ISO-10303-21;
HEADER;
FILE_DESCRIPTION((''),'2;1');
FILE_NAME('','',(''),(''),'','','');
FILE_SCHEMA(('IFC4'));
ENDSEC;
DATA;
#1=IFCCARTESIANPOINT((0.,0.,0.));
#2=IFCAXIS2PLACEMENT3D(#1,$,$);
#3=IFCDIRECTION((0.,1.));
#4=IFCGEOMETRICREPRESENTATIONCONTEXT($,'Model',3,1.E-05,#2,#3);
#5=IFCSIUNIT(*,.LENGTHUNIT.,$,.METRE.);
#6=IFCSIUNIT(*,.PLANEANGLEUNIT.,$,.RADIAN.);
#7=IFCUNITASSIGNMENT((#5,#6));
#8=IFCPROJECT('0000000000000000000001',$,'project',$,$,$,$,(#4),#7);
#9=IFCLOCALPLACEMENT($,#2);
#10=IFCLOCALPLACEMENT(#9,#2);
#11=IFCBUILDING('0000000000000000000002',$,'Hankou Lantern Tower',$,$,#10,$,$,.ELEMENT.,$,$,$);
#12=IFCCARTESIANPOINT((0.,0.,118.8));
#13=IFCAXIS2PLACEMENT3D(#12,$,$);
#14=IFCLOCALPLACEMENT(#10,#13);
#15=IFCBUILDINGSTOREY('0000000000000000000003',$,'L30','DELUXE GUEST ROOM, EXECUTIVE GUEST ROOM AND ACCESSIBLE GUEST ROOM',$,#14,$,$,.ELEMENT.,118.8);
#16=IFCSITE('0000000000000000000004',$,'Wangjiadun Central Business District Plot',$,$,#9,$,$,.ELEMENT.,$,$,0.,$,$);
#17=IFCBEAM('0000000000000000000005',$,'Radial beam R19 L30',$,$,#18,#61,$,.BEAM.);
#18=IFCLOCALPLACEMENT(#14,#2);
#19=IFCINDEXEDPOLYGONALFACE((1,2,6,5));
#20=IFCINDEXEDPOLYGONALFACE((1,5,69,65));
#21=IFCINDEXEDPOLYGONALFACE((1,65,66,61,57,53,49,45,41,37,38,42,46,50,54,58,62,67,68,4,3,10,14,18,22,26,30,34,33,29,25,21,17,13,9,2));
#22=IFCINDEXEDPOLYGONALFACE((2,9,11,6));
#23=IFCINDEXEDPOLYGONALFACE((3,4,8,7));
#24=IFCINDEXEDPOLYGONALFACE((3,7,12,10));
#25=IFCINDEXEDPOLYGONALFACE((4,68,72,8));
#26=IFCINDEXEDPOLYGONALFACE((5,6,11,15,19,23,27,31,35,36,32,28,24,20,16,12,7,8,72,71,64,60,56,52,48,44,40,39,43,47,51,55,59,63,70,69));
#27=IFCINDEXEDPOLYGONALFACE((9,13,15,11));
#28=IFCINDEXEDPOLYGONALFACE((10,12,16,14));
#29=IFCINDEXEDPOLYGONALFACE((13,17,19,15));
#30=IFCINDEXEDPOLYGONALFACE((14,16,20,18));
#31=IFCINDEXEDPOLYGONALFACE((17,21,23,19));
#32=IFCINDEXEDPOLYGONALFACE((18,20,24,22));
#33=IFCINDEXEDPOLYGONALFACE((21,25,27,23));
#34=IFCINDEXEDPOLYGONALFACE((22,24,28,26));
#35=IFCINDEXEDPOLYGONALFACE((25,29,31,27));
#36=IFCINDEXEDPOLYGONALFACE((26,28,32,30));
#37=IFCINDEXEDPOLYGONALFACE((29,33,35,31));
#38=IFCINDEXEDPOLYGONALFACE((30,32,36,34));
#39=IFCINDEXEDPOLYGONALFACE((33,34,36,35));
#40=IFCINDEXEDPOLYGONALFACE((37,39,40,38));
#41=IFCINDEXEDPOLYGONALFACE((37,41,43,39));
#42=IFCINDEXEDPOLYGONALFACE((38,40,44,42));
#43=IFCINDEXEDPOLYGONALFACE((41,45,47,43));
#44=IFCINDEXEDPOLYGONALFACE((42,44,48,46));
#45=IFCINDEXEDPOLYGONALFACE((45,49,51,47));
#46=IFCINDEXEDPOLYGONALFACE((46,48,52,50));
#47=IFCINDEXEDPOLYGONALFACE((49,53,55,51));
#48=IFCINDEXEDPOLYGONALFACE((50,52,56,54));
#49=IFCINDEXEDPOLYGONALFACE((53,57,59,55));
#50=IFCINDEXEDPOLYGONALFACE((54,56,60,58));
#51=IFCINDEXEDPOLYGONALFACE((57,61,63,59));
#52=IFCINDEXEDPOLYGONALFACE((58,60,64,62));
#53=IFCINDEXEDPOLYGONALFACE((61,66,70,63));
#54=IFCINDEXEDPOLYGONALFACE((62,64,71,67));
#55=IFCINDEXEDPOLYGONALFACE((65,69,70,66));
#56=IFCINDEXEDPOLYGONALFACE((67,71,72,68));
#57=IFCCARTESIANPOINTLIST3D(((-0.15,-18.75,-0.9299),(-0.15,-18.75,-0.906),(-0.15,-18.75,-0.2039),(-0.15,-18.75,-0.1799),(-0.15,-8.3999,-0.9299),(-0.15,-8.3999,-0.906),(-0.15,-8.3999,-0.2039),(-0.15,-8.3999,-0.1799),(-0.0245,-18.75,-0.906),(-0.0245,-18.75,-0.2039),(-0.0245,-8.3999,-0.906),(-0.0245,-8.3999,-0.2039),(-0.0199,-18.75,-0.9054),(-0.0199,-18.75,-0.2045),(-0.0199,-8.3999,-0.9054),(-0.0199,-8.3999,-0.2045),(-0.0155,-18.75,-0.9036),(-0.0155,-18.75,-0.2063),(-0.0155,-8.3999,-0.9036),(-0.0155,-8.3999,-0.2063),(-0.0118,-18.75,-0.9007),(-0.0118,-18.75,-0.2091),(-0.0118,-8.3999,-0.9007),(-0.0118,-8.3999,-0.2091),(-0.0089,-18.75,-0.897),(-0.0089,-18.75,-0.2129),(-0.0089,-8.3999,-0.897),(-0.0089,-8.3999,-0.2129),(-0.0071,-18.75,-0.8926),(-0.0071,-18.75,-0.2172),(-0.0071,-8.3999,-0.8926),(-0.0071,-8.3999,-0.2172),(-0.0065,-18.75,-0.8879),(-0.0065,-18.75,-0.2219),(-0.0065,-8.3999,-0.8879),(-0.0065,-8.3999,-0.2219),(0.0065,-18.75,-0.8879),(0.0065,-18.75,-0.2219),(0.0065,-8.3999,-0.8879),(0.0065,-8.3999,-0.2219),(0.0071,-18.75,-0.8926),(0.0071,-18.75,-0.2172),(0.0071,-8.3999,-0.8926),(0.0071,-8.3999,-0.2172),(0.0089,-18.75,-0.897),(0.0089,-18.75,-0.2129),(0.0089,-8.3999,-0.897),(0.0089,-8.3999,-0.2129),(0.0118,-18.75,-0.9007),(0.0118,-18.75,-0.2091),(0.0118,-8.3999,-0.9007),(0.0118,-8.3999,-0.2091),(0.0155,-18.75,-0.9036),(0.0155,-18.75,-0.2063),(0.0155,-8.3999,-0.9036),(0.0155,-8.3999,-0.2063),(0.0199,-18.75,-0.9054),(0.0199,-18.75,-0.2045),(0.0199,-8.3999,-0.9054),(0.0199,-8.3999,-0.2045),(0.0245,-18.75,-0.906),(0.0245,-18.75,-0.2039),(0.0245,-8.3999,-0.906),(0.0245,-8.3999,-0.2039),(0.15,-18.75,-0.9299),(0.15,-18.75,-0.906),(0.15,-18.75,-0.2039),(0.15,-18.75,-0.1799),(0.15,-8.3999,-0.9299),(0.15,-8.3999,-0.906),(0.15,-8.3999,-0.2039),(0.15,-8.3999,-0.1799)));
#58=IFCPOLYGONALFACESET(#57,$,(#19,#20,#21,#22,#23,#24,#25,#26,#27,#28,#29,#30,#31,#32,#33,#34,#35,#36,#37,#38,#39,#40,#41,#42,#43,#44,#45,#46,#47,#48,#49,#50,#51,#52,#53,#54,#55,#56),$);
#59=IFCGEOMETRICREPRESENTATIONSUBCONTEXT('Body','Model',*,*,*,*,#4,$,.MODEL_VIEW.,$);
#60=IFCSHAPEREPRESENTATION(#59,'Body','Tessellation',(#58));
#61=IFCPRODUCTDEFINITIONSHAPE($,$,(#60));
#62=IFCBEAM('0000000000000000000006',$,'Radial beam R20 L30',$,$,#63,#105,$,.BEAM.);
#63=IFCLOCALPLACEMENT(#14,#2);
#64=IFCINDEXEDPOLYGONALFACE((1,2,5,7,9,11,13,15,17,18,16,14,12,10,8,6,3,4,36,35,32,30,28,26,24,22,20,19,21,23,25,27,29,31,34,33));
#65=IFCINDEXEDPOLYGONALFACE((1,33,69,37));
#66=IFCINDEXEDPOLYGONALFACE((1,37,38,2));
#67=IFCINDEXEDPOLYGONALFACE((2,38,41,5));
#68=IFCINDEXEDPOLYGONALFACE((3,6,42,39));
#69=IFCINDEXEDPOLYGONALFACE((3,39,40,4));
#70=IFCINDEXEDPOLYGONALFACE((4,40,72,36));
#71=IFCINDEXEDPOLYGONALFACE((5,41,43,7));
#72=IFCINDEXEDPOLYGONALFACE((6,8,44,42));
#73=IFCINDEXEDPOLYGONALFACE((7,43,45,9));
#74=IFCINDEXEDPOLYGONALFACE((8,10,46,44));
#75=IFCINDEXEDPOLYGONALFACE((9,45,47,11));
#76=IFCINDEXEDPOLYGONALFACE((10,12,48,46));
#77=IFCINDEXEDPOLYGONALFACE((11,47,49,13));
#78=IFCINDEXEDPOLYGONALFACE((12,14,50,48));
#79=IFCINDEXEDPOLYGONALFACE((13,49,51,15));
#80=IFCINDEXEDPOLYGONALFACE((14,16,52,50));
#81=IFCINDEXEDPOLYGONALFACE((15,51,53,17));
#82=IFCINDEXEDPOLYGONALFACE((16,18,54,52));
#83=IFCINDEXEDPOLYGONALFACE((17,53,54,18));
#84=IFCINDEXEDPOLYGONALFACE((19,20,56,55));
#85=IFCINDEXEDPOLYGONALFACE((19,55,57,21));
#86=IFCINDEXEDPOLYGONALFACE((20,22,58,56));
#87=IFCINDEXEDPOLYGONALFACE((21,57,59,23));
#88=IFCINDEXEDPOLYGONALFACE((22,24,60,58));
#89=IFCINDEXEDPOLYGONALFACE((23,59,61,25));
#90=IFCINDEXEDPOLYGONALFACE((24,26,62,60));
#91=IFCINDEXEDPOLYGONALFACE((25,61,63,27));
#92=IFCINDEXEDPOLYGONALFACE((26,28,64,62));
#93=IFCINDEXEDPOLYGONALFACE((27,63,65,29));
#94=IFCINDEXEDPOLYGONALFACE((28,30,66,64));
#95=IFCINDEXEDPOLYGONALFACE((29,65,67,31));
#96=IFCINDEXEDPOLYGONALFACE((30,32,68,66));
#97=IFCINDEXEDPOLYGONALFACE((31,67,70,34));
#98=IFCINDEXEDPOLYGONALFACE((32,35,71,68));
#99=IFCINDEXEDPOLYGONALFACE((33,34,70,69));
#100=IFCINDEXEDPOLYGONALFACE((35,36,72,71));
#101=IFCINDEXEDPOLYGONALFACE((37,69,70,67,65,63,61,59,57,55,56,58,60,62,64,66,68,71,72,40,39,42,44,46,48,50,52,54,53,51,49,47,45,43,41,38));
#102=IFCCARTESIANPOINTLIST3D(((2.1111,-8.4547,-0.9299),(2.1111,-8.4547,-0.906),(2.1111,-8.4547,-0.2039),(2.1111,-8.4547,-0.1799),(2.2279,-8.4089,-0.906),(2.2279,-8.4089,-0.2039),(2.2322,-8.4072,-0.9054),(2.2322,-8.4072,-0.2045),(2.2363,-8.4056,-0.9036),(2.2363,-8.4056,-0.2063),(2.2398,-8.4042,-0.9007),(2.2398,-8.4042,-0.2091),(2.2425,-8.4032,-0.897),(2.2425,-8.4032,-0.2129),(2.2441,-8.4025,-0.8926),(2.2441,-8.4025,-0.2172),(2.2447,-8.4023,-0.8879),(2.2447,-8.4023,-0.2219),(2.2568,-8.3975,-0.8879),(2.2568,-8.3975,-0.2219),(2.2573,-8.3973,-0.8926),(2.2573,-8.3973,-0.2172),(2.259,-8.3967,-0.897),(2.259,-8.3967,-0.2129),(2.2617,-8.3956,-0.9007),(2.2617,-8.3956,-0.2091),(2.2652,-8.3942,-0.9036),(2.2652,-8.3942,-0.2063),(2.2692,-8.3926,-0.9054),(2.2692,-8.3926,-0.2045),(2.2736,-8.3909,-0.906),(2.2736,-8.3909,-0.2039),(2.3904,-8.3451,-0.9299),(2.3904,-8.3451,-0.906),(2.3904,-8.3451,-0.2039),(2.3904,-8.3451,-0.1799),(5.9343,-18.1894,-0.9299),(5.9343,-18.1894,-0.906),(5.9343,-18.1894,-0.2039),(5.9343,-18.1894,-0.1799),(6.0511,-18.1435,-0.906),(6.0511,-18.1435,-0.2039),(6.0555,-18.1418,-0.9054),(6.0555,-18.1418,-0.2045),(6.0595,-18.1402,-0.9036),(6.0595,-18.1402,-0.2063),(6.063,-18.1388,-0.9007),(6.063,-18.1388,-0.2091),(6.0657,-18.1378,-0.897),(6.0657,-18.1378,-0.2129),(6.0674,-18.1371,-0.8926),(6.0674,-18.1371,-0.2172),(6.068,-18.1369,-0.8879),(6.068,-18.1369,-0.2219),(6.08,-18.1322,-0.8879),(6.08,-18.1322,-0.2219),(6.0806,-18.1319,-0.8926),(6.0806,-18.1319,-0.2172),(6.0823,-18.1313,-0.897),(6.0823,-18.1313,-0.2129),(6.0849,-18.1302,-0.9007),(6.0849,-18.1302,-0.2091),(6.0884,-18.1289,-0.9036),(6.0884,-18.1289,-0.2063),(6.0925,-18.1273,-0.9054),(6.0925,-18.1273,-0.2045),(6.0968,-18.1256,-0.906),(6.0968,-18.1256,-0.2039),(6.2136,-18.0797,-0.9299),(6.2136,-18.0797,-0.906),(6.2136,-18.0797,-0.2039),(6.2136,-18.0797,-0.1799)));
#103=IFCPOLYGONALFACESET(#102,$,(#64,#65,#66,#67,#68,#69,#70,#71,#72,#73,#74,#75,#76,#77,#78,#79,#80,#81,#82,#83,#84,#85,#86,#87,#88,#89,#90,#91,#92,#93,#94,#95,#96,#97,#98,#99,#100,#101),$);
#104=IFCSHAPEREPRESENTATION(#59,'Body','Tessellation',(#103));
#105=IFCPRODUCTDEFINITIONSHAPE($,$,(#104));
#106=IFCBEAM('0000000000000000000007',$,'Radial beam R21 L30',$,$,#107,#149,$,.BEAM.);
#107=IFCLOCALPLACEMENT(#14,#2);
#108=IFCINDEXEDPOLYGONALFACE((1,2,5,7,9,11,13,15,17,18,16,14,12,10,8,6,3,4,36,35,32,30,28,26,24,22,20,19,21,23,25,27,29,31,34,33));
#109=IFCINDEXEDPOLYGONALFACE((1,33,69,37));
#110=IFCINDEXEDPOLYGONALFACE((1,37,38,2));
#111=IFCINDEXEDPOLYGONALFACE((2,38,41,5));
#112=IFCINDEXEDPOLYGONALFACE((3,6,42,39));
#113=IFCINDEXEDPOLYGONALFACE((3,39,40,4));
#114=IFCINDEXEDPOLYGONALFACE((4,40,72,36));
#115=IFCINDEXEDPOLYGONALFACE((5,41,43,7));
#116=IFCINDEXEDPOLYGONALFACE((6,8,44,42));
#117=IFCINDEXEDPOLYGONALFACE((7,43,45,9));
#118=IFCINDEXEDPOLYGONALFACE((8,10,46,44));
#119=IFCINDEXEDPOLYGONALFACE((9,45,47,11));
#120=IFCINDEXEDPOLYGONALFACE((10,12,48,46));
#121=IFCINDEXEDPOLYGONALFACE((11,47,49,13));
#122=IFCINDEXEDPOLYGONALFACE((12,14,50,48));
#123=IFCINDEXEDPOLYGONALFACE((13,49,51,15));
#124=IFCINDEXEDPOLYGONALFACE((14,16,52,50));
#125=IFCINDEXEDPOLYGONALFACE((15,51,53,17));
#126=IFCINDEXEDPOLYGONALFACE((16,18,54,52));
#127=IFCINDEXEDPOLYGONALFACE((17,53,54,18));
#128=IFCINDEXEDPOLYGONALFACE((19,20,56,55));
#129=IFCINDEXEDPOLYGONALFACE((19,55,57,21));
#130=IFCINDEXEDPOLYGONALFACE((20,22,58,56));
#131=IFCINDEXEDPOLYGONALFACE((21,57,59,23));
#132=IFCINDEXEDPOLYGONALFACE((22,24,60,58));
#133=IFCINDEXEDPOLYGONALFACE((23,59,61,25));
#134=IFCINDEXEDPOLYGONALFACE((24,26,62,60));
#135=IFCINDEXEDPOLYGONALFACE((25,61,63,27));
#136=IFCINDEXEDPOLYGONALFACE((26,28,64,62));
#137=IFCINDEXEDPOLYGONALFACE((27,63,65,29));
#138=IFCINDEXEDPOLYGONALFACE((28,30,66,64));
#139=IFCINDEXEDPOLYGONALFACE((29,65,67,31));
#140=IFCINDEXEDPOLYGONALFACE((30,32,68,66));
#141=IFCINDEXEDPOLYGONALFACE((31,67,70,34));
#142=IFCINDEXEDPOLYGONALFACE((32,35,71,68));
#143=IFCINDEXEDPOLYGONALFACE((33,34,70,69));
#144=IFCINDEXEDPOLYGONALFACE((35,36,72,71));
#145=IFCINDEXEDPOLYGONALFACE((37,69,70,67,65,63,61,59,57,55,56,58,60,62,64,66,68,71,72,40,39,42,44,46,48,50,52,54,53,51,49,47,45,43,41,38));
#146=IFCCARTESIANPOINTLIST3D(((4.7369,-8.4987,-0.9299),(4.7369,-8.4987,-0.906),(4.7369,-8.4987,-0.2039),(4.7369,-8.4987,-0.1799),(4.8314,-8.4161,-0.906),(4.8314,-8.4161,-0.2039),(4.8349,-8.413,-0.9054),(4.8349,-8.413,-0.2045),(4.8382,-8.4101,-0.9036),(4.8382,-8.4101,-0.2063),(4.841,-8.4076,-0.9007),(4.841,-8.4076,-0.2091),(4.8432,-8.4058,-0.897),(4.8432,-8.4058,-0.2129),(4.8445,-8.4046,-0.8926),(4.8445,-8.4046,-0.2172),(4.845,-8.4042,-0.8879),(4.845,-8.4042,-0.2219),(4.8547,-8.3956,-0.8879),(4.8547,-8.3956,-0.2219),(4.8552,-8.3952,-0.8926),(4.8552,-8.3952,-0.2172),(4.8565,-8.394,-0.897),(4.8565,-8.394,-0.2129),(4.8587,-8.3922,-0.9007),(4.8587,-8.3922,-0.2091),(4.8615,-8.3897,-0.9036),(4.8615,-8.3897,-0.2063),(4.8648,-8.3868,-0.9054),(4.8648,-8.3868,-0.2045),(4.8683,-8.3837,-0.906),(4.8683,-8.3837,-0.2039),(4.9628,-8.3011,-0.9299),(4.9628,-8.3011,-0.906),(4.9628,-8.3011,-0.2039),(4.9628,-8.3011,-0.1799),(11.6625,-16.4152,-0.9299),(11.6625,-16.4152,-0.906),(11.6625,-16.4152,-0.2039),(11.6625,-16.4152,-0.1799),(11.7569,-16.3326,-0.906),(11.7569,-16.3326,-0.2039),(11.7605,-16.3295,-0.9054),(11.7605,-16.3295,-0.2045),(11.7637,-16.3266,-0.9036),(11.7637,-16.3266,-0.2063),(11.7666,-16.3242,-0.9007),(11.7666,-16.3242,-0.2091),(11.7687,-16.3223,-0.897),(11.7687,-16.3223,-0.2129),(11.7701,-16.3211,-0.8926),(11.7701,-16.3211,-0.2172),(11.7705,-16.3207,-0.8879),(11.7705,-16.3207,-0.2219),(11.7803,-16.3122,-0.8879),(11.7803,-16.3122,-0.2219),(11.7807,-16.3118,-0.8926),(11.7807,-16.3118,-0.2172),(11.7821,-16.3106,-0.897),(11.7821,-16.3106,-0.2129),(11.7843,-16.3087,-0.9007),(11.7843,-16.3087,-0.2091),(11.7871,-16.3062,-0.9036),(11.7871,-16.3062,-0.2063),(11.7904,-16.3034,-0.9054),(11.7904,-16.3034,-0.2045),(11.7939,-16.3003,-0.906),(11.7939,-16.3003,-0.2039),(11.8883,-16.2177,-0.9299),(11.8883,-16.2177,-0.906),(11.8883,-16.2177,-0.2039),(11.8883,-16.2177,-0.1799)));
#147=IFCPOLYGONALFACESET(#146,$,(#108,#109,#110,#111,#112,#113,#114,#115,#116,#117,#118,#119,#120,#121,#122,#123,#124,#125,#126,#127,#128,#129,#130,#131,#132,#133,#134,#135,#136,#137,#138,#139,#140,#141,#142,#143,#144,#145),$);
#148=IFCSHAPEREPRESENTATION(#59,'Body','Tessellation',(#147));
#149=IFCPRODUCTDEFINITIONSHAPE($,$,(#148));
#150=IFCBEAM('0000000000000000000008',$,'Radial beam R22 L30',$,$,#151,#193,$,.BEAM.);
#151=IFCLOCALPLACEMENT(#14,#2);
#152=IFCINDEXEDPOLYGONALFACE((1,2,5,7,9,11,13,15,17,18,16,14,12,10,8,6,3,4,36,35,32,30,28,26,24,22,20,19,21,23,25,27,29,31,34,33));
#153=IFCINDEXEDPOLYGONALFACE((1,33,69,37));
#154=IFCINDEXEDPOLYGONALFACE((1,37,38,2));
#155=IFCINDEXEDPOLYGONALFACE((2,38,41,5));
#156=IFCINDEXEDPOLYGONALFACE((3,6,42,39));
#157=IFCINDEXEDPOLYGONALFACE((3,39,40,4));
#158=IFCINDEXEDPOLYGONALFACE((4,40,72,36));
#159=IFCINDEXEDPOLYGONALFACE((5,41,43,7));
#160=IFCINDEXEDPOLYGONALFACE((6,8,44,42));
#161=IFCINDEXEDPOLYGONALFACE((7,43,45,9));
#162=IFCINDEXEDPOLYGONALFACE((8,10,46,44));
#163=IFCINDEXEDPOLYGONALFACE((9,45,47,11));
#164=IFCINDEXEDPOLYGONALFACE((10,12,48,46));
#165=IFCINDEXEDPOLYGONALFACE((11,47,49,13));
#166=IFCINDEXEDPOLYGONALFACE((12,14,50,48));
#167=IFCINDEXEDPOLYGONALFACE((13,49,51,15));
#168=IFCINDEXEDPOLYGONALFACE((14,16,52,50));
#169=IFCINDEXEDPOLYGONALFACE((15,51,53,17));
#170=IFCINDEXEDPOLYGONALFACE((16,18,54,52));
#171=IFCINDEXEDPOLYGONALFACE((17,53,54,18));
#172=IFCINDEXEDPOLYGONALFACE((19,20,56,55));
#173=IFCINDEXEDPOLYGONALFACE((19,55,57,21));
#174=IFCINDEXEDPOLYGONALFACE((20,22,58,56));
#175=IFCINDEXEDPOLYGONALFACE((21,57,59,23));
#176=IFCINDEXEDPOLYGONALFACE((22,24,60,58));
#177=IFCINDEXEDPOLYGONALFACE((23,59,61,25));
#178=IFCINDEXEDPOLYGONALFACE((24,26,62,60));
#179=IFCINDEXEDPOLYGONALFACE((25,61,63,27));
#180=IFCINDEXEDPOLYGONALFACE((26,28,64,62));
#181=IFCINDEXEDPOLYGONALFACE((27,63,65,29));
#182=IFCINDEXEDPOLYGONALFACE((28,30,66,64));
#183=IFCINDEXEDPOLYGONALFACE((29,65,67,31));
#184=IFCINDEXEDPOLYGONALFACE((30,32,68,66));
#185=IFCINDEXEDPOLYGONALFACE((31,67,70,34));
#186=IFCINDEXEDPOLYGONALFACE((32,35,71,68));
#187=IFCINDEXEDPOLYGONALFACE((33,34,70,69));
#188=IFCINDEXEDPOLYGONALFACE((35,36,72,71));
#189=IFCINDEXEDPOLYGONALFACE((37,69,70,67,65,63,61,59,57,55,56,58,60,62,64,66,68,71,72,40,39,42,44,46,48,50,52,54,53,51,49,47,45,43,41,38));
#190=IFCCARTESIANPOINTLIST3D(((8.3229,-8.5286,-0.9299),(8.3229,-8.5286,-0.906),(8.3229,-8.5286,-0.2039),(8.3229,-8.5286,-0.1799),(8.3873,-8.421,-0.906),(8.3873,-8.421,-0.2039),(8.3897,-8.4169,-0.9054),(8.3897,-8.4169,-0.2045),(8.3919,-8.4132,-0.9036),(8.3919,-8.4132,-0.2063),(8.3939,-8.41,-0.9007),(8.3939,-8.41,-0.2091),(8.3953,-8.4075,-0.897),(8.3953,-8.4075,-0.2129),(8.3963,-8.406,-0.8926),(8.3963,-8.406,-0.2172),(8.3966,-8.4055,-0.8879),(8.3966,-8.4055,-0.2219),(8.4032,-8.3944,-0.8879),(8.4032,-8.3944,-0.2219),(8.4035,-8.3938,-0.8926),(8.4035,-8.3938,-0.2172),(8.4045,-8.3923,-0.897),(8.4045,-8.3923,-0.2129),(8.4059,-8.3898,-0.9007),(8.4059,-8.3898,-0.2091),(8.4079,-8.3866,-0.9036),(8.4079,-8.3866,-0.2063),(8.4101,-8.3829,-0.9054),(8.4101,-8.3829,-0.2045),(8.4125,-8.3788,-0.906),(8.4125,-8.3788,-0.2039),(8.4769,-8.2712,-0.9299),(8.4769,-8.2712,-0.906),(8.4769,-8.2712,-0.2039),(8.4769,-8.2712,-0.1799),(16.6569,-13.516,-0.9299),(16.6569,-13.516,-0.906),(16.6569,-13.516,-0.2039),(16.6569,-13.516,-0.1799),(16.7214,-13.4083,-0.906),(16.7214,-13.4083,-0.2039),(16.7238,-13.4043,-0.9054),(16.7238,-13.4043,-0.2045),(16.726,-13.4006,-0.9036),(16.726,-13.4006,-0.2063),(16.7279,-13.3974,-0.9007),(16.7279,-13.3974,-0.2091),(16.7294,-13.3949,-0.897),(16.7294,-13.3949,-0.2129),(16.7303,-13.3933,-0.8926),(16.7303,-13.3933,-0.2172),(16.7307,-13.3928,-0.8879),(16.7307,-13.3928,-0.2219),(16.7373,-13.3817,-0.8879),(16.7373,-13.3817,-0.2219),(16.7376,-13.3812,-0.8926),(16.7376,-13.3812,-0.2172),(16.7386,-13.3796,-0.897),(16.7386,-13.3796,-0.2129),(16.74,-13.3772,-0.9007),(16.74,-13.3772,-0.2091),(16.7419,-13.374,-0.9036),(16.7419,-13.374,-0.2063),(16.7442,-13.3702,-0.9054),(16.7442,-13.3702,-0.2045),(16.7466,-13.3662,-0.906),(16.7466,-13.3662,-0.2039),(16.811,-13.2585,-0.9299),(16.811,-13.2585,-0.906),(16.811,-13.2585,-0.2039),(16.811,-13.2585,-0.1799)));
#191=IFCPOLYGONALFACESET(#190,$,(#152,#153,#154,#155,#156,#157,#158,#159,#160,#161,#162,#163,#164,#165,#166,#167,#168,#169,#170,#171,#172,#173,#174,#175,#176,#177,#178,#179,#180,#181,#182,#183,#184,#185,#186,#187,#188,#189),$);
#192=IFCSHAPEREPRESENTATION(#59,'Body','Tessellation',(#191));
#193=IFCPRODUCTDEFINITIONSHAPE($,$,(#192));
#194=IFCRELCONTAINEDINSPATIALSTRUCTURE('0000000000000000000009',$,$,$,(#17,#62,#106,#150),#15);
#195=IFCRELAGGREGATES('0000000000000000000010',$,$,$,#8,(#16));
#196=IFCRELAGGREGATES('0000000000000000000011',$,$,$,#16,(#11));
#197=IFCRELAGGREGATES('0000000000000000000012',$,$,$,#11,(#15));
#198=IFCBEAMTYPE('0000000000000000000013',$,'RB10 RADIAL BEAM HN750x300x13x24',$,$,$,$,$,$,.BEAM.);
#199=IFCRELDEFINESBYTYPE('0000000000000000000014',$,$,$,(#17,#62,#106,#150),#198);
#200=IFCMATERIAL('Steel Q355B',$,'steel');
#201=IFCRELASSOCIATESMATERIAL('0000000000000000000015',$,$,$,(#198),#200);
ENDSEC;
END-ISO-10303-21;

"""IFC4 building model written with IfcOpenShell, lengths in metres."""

from ifc_helpers import new_model, si_unit, direction, frame, origin, origin_2d, place, context, subcontext, project, spatial, i_section, extrude, material, material_profile, profile_set, type_object, element, save


model = new_model("IFC4")

# Units and contexts
model_context = context("Model", 3, precision=1e-05, world=origin(), true_north=direction((0.0, 1.0)))
body_context = subcontext(model_context, "Body", "Model", "MODEL_VIEW")
ifc_project = project(units=[si_unit("LENGTHUNIT", "METRE"), si_unit("PLANEANGLEUNIT", "RADIAN")], contexts=[model_context])

# Site, building, storey
site_placement = place(None, origin())
site = spatial("IfcSite", under=ifc_project, at=site_placement, Name="Wangjiadun Central Business District Plot", CompositionType="ELEMENT", RefElevation=0.0)
building_placement = place(site_placement, origin())
building = spatial("IfcBuilding", under=site, at=building_placement, Name="Hankou Lantern Tower", CompositionType="ELEMENT")
storey_placement = place(building_placement, frame((0.0, 0.0, 118.8)))
storey = spatial("IfcBuildingStorey", under=building, at=storey_placement, Name="L30", Description="DELUXE GUEST ROOM, EXECUTIVE GUEST ROOM AND ACCESSIBLE GUEST ROOM", CompositionType="ELEMENT", Elevation=118.8)

# Beams
ifc_material_1 = material(Name="Steel Q355B", Category="steel")
ifc_material_profile = material_profile(ifc_material_1, i_section(OverallWidth=0.3, OverallDepth=0.75, WebThickness=0.0129, FlangeThickness=0.0239, FilletRadius=0.0181, at=origin_2d()), Name="HN750x300x13x24")
ifc_profile_set = profile_set([ifc_material_profile], Name="Steel Q355B")
beam_type = type_object("IfcBeamType", Name="RB10 RADIAL BEAM HN750x300x13x24", PredefinedType="BEAM", material=ifc_profile_set)
beam_1_placement = place(storey_placement, frame((0.0, -8.3999, -0.5549), z_axis=(0.0, -1.0, 0.0), x_axis=(1.0, 0.0, 0.0)))
element("IfcBeam", 1, at=beam_1_placement, inside=storey, type_object=beam_type, Name="Radial beam R19 L30", PredefinedType="BEAM", context=body_context, shape_type="SweptSolid", body=[
    extrude(i_section(OverallWidth=0.3, OverallDepth=0.75, WebThickness=0.0129, FlangeThickness=0.0239, FilletRadius=0.0181, at=origin_2d()), origin(), (0.0, 0.0, 1.0), 10.3501),
])
beam_2_placement = place(storey_placement, frame((2.2507, -8.3999, -0.5549), z_axis=(0.365564, -0.930786, 0.0), x_axis=(0.930786, 0.365564, 0.0)))
element("IfcBeam", 2, at=beam_2_placement, inside=storey, type_object=beam_type, Name="Radial beam R20 L30", PredefinedType="BEAM", context=body_context, shape_type="SweptSolid", body=[
    extrude(i_section(OverallWidth=0.3, OverallDepth=0.75, WebThickness=0.0129, FlangeThickness=0.0239, FilletRadius=0.0181, at=origin_2d()), origin(), (0.0, 0.0, 1.0), 10.4585),
])
beam_3_placement = place(storey_placement, frame((4.8499, -8.3999, -0.5549), z_axis=(0.658429, -0.752643, 0.0), x_axis=(0.752643, 0.658429, 0.0)))
element("IfcBeam", 3, at=beam_3_placement, inside=storey, type_object=beam_type, Name="Radial beam R21 L30", PredefinedType="BEAM", context=body_context, shape_type="SweptSolid", body=[
    extrude(i_section(OverallWidth=0.3, OverallDepth=0.75, WebThickness=0.0129, FlangeThickness=0.0239, FilletRadius=0.0181, at=origin_2d()), origin(), (0.0, 0.0, 1.0), 10.5183),
])
beam_4_placement = place(storey_placement, frame((8.3999, -8.3999, -0.5549), z_axis=(0.858087, -0.513505, 0.0), x_axis=(0.513505, 0.858087, 0.0)))
element("IfcBeam", 4, at=beam_4_placement, inside=storey, type_object=beam_type, Name="Radial beam R22 L30", PredefinedType="BEAM", context=body_context, shape_type="SweptSolid", body=[
    extrude(i_section(OverallWidth=0.3, OverallDepth=0.75, WebThickness=0.0129, FlangeThickness=0.0239, FilletRadius=0.0181, at=origin_2d()), origin(), (0.0, 0.0, 1.0), 9.7124),
])

save(model, "model.ifc")
